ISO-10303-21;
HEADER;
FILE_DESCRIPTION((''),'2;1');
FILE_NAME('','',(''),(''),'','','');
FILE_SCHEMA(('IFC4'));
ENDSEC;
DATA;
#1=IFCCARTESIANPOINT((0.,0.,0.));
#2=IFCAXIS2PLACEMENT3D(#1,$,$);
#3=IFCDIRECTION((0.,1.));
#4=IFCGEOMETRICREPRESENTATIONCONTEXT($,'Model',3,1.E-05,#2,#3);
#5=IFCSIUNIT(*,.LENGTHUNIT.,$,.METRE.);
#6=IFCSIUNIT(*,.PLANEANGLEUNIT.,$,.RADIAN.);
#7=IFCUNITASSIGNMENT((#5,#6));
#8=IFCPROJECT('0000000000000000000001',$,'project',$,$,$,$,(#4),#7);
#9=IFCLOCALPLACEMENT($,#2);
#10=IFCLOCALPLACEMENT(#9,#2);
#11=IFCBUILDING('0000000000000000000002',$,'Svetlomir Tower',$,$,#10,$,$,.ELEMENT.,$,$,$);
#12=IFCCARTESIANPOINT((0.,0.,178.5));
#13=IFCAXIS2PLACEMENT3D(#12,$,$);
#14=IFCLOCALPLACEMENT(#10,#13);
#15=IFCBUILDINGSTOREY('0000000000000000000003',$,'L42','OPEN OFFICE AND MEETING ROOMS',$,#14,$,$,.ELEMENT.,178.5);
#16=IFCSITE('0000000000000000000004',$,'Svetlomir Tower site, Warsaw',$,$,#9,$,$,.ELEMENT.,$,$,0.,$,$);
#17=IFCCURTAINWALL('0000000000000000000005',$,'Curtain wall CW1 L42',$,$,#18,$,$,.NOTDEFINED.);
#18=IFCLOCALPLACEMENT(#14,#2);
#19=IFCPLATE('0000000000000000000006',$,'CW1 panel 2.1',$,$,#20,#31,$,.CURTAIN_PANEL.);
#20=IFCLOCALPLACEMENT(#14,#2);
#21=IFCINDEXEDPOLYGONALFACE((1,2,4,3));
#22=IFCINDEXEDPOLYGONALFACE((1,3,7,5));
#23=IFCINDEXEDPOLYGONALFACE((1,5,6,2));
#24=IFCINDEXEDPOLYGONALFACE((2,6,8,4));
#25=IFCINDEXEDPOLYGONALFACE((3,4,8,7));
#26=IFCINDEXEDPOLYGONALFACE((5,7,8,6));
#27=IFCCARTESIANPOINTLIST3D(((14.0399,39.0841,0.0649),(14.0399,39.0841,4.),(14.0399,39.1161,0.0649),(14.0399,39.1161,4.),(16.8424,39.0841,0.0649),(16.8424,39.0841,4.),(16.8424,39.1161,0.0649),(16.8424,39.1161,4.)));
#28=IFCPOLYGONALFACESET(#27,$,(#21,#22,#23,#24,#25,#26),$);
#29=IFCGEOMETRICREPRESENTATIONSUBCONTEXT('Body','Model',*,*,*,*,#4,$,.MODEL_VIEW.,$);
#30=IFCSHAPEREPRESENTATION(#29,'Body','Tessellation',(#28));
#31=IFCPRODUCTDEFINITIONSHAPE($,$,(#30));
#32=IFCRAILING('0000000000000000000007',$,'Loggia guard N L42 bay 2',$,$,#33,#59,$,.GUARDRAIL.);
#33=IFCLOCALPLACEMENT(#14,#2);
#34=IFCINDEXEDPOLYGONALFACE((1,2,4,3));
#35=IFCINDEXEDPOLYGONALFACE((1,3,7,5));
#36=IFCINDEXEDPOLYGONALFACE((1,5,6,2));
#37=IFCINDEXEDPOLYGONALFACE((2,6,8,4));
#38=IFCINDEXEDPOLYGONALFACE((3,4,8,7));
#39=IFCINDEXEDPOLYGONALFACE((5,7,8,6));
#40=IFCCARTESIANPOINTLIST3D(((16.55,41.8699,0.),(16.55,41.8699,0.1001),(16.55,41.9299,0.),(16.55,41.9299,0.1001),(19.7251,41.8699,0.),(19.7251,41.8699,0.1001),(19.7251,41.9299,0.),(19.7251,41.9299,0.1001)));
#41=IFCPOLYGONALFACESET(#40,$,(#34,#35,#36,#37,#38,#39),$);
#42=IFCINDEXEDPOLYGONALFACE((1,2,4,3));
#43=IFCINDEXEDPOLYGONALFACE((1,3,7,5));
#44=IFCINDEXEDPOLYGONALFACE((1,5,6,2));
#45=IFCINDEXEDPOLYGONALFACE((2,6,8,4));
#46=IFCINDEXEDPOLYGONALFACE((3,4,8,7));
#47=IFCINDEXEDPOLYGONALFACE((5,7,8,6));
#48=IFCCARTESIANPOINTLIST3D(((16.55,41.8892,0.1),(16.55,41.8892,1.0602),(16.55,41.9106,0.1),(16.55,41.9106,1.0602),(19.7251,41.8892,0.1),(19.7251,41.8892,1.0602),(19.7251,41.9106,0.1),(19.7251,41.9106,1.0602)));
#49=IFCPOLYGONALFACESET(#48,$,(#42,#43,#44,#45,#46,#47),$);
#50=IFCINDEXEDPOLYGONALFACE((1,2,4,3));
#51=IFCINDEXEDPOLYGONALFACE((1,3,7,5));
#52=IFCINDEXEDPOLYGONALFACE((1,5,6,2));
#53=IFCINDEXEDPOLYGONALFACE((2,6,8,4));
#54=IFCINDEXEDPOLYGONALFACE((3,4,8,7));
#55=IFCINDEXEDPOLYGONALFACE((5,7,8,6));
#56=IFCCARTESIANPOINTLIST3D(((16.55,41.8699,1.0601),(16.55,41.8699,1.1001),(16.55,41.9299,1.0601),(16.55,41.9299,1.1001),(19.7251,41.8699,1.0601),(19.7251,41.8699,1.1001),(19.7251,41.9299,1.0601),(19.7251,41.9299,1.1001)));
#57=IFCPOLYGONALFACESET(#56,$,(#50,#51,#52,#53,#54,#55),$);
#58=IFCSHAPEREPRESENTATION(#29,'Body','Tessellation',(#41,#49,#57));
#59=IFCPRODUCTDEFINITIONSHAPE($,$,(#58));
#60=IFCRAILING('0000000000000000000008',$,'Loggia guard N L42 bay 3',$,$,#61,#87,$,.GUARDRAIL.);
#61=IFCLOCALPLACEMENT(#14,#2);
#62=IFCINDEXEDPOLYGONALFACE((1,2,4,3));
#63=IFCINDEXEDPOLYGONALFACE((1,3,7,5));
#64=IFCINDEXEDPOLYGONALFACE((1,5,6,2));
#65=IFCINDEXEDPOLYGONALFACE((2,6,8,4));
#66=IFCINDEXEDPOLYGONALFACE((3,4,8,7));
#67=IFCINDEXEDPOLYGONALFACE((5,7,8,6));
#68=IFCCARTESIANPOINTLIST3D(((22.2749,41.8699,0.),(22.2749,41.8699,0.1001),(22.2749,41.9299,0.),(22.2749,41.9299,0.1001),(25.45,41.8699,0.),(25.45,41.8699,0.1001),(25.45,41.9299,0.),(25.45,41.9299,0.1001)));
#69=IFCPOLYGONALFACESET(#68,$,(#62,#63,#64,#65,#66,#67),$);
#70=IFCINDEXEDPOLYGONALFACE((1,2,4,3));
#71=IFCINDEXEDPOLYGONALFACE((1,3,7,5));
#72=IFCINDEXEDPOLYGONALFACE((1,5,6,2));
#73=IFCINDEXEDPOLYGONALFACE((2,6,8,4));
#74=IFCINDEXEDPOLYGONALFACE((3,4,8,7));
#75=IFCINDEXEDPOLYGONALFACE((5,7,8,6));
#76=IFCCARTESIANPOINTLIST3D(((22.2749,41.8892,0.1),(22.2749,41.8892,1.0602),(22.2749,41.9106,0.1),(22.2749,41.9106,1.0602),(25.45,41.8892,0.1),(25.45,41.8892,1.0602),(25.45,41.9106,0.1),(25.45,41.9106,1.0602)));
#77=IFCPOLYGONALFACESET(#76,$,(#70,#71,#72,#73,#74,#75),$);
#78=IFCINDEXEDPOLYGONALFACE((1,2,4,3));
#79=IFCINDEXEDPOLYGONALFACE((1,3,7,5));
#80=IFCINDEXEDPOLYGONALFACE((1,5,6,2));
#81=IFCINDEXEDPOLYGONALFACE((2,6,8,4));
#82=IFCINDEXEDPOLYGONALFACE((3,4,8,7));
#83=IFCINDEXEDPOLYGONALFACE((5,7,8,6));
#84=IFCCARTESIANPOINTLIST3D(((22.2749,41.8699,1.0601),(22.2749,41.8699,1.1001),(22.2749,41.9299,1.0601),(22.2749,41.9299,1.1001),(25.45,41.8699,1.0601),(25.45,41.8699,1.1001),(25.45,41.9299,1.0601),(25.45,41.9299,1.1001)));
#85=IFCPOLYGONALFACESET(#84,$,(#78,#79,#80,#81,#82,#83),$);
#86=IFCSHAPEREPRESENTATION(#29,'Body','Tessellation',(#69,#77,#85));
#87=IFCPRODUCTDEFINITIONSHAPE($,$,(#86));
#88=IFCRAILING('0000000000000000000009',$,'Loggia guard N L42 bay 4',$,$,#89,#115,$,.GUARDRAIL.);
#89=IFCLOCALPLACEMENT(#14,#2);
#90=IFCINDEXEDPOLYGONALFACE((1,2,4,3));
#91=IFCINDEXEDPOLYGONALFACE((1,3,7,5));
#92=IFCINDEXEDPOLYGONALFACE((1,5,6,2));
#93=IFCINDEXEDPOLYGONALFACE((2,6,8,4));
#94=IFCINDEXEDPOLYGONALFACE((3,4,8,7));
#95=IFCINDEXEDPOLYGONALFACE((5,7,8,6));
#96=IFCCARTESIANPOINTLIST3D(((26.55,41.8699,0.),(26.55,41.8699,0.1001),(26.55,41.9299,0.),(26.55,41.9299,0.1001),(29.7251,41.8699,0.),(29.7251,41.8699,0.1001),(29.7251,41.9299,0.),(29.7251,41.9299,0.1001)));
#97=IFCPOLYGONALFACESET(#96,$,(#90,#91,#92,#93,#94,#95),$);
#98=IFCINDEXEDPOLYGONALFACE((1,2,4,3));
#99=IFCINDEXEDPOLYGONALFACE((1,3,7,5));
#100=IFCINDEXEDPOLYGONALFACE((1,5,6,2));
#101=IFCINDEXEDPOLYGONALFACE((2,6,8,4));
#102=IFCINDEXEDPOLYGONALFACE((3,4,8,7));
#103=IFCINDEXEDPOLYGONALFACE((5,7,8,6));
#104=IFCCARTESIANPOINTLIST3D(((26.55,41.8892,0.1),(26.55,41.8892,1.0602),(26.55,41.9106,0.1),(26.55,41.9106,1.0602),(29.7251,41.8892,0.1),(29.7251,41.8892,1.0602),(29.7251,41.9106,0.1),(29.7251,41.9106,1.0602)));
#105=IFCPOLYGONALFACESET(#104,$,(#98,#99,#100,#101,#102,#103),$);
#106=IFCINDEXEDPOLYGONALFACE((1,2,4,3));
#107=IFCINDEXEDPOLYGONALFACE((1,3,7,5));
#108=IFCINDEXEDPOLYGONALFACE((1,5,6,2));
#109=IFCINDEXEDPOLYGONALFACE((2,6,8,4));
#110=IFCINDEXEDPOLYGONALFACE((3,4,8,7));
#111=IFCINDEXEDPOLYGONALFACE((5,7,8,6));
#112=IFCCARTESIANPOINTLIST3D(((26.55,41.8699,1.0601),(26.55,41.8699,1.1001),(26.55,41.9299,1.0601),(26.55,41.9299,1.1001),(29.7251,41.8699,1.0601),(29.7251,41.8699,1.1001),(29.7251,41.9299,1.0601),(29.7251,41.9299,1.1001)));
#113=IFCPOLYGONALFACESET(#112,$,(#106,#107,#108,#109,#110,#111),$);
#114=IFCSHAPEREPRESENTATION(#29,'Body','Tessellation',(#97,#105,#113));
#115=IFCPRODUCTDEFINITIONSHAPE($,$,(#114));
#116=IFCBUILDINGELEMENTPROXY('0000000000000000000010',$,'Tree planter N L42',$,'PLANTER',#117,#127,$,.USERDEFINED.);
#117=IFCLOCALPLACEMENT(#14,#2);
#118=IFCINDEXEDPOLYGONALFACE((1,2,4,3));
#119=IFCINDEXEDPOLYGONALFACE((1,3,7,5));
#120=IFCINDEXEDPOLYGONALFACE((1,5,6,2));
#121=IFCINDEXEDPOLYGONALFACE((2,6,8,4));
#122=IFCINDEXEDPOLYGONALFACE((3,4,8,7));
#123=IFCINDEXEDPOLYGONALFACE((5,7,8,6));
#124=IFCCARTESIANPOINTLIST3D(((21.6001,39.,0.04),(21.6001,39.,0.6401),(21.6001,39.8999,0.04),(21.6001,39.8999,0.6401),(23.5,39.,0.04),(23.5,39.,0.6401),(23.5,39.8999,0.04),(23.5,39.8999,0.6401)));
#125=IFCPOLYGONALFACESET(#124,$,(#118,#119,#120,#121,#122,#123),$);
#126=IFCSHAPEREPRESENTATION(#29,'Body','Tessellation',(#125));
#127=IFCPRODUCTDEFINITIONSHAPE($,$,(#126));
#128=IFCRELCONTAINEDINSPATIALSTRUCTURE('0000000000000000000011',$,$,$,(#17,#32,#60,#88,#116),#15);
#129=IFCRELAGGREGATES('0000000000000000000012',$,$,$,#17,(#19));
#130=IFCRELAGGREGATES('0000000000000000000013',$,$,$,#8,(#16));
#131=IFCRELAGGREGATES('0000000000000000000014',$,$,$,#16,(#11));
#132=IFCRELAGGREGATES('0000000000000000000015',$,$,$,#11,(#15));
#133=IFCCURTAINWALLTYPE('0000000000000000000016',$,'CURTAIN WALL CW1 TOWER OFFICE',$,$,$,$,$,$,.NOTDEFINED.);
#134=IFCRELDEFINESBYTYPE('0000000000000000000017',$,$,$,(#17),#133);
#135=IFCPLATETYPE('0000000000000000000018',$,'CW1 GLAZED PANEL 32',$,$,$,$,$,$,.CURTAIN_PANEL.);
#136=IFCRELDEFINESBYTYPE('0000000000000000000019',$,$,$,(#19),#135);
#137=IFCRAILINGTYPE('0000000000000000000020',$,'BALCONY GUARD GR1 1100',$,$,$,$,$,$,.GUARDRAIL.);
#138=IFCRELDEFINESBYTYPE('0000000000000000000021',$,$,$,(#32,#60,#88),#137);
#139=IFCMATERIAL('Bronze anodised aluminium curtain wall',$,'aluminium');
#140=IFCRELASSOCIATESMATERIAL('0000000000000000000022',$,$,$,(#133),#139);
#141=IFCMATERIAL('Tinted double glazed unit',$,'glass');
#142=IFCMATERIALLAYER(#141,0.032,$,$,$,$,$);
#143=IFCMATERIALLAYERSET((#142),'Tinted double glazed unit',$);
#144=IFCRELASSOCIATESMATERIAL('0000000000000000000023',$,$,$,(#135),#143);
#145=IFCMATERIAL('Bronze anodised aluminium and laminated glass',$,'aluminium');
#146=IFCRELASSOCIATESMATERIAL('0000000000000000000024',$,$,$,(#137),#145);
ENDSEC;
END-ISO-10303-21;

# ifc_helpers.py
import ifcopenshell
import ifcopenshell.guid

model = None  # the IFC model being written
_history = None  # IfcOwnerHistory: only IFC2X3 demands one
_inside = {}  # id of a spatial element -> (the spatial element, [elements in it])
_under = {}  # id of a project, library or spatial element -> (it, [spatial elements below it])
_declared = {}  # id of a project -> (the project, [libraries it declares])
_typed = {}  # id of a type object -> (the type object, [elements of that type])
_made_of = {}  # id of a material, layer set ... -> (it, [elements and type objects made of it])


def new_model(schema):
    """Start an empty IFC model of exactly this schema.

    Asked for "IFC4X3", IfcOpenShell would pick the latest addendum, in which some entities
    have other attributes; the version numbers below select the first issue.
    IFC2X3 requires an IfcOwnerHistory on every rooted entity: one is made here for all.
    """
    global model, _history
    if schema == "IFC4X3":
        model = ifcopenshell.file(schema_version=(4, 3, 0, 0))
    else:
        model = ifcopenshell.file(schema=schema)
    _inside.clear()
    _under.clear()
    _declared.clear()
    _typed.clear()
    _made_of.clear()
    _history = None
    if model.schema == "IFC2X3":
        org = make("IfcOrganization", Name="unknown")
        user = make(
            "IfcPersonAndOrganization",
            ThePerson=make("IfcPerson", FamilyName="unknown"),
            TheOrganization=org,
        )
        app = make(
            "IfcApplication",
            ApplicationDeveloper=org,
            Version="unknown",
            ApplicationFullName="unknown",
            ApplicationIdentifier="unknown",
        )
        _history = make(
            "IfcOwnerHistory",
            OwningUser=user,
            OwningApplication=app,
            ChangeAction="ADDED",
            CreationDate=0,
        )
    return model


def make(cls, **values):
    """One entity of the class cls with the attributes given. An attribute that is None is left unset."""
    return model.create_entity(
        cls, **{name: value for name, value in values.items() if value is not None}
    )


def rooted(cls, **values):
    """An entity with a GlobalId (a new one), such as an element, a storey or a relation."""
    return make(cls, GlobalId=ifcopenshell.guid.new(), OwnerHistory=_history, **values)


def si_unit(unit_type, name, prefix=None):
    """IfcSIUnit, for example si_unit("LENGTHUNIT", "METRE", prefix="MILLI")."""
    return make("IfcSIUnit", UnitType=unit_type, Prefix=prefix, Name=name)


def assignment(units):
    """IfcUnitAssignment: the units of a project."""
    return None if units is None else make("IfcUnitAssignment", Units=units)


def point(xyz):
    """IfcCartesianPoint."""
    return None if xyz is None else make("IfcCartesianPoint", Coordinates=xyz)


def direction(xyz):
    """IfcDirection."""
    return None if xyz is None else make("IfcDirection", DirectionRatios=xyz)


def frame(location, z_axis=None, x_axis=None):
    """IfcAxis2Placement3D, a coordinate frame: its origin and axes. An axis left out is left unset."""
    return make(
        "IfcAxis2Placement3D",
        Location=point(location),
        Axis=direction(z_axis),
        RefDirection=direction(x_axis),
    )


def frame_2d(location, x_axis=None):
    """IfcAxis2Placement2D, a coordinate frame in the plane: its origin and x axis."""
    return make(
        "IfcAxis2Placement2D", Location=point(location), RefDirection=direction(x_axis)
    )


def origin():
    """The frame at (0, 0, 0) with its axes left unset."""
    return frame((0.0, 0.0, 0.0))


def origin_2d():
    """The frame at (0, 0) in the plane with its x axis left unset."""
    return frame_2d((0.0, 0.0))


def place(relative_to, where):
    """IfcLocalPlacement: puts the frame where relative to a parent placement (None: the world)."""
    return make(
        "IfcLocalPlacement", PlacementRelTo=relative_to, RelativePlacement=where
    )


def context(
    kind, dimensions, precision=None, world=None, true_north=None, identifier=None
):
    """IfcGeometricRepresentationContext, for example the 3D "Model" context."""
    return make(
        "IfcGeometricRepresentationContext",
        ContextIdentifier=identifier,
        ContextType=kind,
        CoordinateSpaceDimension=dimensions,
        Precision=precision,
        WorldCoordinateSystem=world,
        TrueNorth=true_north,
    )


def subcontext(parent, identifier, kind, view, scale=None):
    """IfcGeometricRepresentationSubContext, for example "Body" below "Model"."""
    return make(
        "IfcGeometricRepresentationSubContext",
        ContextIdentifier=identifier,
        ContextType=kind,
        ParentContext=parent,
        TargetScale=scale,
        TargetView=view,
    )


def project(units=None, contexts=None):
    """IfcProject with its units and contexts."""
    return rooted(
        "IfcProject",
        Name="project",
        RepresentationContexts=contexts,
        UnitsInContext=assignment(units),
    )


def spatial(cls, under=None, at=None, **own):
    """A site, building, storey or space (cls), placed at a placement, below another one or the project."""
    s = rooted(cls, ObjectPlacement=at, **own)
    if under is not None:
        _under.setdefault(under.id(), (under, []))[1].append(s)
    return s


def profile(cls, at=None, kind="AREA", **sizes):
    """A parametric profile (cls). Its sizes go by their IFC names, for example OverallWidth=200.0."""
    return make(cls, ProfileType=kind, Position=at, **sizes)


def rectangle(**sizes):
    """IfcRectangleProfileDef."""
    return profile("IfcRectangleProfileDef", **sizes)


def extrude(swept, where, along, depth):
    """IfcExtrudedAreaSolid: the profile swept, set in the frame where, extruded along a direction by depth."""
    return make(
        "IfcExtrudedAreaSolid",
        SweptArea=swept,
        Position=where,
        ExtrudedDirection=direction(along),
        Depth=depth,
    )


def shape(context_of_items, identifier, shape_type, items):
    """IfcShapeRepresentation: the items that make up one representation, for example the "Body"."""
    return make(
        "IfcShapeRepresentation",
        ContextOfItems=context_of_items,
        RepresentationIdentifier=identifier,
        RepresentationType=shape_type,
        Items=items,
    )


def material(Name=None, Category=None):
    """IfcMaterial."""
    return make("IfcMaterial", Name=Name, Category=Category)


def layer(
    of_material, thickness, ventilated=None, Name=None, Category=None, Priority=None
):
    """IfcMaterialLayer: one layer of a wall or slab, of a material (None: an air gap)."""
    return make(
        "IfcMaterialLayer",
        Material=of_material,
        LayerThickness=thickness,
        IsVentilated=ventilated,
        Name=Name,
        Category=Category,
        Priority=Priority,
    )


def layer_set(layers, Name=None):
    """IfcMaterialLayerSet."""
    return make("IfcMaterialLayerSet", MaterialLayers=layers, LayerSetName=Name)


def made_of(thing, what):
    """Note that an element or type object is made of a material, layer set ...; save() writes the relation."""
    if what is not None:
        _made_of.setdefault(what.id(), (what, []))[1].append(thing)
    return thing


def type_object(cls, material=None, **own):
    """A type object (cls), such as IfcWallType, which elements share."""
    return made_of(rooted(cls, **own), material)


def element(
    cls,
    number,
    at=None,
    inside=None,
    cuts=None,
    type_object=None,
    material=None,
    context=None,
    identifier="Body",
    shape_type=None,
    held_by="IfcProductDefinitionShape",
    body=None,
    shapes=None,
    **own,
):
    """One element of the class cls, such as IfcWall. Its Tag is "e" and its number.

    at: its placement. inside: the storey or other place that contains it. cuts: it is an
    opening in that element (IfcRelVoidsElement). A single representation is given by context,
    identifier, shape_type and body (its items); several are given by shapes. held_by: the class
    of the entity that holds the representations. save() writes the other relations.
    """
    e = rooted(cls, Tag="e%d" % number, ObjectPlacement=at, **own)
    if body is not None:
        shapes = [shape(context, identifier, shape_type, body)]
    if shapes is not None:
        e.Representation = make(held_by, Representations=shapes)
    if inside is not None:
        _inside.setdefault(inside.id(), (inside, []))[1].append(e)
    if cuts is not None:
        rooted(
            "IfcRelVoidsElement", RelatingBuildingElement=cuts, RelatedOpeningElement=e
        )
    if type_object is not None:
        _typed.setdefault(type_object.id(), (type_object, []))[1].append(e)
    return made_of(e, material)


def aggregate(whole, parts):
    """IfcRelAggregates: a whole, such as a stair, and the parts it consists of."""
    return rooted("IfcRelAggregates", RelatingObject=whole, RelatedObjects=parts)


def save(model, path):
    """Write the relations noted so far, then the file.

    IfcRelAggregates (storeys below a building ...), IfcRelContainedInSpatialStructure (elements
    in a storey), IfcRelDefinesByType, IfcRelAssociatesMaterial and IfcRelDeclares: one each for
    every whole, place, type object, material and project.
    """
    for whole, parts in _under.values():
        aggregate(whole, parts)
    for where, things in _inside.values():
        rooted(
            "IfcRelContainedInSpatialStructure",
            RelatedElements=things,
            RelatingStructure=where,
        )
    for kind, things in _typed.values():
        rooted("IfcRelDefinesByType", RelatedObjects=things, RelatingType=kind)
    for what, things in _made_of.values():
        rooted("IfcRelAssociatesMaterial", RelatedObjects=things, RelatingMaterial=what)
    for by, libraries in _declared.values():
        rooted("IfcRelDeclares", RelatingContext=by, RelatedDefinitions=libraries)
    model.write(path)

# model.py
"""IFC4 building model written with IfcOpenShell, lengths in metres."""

from ifc_helpers import new_model, si_unit, direction, frame, origin, origin_2d, place, context, subcontext, project, spatial, rectangle, extrude, material, layer, layer_set, type_object, element, aggregate, save


model = new_model("IFC4")

# Units and contexts
model_context = context("Model", 3, precision=1e-05, world=origin(), true_north=direction((0.0, 1.0)))
body_context = subcontext(model_context, "Body", "Model", "MODEL_VIEW")
ifc_project = project(units=[si_unit("LENGTHUNIT", "METRE"), si_unit("PLANEANGLEUNIT", "RADIAN")], contexts=[model_context])

# Site, building, storey
site_placement = place(None, origin())
site = spatial("IfcSite", under=ifc_project, at=site_placement, Name="Svetlomir Tower site, Warsaw", CompositionType="ELEMENT", RefElevation=0.0)
building_placement = place(site_placement, origin())
building = spatial("IfcBuilding", under=site, at=building_placement, Name="Svetlomir Tower", CompositionType="ELEMENT")
storey_placement = place(building_placement, frame((0.0, 0.0, 178.5)))
storey = spatial("IfcBuildingStorey", under=building, at=storey_placement, Name="L42", Description="OPEN OFFICE AND MEETING ROOMS", CompositionType="ELEMENT", Elevation=178.5)

# Curtain wall
ifc_material_1 = material(Name="Bronze anodised aluminium curtain wall", Category="aluminium")
curtain_wall_type = type_object("IfcCurtainWallType", Name="CURTAIN WALL CW1 TOWER OFFICE", PredefinedType="NOTDEFINED", material=ifc_material_1)
curtain_wall_1_placement = place(storey_placement, origin())
curtain_wall_1 = element("IfcCurtainWall", 1, at=curtain_wall_1_placement, inside=storey, type_object=curtain_wall_type, Name="Curtain wall CW1 L42", PredefinedType="NOTDEFINED")

# Plate
ifc_material_2 = material(Name="Tinted double glazed unit", Category="glass")
ifc_layer_1 = layer(ifc_material_2, 0.032)
ifc_layer_set_1 = layer_set([ifc_layer_1], Name="Tinted double glazed unit")
plate_type = type_object("IfcPlateType", Name="CW1 GLAZED PANEL 32", PredefinedType="CURTAIN_PANEL", material=ifc_layer_set_1)
plate_1_placement = place(storey_placement, frame((15.4412, 39.1001, 0.0649), z_axis=(0.0, 0.0, 1.0), x_axis=(-1.0, 0.0, 0.0)))
plate_1 = element("IfcPlate", 2, at=plate_1_placement, type_object=plate_type, Name="CW1 panel 2.1", PredefinedType="CURTAIN_PANEL", context=body_context, shape_type="SweptSolid", body=[
    extrude(rectangle(XDim=2.8025, YDim=0.032, at=origin_2d()), origin(), (0.0, 0.0, 1.0), 3.9351),
])
aggregate(curtain_wall_1, [plate_1])

# Railings
ifc_material_3 = material(Name="Bronze anodised aluminium and laminated glass", Category="aluminium")
railing_type = type_object("IfcRailingType", Name="BALCONY GUARD GR1 1100", PredefinedType="GUARDRAIL", material=ifc_material_3)
for number, where, name in (
    (3, (16.55, 41.8999, 0.0), "Loggia guard N L42 bay 2"),
    (4, (22.2749, 41.8999, 0.0), "Loggia guard N L42 bay 3"),
    (5, (26.55, 41.8999, 0.0), "Loggia guard N L42 bay 4"),
):
    element("IfcRailing", number, at=place(storey_placement, frame(where)), inside=storey, type_object=railing_type, Name=name, PredefinedType="GUARDRAIL", context=body_context, shape_type="SweptSolid", body=[
        extrude(rectangle(XDim=0.0601, YDim=0.1001, at=origin_2d()), frame((0.0, 0.0, 0.05), z_axis=(1.0, 0.0, 0.0), x_axis=(0.0, 1.0, 0.0)), (0.0, 0.0, 1.0), 3.175),
        extrude(rectangle(XDim=0.0215, YDim=0.9602, at=origin_2d()), frame((0.0, 0.0, 0.5801), z_axis=(1.0, 0.0, 0.0), x_axis=(0.0, 1.0, 0.0)), (0.0, 0.0, 1.0), 3.175),
        extrude(rectangle(XDim=0.0601, YDim=0.04, at=origin_2d()), frame((0.0, 0.0, 1.0801), z_axis=(1.0, 0.0, 0.0), x_axis=(0.0, 1.0, 0.0)), (0.0, 0.0, 1.0), 3.175),
    ])

# Building element proxy
proxy_placement = place(storey_placement, frame((22.55, 39.45, 0.04), z_axis=(0.0, 0.0, 1.0), x_axis=(1.0, 0.0, 0.0)))
element("IfcBuildingElementProxy", 6, at=proxy_placement, inside=storey, Name="Tree planter N L42", ObjectType="PLANTER", PredefinedType="USERDEFINED", context=body_context, shape_type="SweptSolid", body=[
    extrude(rectangle(XDim=1.8999, YDim=0.8999, at=origin_2d()), origin(), (0.0, 0.0, 1.0), 0.6001),
])

save(model, "model.ifc")
